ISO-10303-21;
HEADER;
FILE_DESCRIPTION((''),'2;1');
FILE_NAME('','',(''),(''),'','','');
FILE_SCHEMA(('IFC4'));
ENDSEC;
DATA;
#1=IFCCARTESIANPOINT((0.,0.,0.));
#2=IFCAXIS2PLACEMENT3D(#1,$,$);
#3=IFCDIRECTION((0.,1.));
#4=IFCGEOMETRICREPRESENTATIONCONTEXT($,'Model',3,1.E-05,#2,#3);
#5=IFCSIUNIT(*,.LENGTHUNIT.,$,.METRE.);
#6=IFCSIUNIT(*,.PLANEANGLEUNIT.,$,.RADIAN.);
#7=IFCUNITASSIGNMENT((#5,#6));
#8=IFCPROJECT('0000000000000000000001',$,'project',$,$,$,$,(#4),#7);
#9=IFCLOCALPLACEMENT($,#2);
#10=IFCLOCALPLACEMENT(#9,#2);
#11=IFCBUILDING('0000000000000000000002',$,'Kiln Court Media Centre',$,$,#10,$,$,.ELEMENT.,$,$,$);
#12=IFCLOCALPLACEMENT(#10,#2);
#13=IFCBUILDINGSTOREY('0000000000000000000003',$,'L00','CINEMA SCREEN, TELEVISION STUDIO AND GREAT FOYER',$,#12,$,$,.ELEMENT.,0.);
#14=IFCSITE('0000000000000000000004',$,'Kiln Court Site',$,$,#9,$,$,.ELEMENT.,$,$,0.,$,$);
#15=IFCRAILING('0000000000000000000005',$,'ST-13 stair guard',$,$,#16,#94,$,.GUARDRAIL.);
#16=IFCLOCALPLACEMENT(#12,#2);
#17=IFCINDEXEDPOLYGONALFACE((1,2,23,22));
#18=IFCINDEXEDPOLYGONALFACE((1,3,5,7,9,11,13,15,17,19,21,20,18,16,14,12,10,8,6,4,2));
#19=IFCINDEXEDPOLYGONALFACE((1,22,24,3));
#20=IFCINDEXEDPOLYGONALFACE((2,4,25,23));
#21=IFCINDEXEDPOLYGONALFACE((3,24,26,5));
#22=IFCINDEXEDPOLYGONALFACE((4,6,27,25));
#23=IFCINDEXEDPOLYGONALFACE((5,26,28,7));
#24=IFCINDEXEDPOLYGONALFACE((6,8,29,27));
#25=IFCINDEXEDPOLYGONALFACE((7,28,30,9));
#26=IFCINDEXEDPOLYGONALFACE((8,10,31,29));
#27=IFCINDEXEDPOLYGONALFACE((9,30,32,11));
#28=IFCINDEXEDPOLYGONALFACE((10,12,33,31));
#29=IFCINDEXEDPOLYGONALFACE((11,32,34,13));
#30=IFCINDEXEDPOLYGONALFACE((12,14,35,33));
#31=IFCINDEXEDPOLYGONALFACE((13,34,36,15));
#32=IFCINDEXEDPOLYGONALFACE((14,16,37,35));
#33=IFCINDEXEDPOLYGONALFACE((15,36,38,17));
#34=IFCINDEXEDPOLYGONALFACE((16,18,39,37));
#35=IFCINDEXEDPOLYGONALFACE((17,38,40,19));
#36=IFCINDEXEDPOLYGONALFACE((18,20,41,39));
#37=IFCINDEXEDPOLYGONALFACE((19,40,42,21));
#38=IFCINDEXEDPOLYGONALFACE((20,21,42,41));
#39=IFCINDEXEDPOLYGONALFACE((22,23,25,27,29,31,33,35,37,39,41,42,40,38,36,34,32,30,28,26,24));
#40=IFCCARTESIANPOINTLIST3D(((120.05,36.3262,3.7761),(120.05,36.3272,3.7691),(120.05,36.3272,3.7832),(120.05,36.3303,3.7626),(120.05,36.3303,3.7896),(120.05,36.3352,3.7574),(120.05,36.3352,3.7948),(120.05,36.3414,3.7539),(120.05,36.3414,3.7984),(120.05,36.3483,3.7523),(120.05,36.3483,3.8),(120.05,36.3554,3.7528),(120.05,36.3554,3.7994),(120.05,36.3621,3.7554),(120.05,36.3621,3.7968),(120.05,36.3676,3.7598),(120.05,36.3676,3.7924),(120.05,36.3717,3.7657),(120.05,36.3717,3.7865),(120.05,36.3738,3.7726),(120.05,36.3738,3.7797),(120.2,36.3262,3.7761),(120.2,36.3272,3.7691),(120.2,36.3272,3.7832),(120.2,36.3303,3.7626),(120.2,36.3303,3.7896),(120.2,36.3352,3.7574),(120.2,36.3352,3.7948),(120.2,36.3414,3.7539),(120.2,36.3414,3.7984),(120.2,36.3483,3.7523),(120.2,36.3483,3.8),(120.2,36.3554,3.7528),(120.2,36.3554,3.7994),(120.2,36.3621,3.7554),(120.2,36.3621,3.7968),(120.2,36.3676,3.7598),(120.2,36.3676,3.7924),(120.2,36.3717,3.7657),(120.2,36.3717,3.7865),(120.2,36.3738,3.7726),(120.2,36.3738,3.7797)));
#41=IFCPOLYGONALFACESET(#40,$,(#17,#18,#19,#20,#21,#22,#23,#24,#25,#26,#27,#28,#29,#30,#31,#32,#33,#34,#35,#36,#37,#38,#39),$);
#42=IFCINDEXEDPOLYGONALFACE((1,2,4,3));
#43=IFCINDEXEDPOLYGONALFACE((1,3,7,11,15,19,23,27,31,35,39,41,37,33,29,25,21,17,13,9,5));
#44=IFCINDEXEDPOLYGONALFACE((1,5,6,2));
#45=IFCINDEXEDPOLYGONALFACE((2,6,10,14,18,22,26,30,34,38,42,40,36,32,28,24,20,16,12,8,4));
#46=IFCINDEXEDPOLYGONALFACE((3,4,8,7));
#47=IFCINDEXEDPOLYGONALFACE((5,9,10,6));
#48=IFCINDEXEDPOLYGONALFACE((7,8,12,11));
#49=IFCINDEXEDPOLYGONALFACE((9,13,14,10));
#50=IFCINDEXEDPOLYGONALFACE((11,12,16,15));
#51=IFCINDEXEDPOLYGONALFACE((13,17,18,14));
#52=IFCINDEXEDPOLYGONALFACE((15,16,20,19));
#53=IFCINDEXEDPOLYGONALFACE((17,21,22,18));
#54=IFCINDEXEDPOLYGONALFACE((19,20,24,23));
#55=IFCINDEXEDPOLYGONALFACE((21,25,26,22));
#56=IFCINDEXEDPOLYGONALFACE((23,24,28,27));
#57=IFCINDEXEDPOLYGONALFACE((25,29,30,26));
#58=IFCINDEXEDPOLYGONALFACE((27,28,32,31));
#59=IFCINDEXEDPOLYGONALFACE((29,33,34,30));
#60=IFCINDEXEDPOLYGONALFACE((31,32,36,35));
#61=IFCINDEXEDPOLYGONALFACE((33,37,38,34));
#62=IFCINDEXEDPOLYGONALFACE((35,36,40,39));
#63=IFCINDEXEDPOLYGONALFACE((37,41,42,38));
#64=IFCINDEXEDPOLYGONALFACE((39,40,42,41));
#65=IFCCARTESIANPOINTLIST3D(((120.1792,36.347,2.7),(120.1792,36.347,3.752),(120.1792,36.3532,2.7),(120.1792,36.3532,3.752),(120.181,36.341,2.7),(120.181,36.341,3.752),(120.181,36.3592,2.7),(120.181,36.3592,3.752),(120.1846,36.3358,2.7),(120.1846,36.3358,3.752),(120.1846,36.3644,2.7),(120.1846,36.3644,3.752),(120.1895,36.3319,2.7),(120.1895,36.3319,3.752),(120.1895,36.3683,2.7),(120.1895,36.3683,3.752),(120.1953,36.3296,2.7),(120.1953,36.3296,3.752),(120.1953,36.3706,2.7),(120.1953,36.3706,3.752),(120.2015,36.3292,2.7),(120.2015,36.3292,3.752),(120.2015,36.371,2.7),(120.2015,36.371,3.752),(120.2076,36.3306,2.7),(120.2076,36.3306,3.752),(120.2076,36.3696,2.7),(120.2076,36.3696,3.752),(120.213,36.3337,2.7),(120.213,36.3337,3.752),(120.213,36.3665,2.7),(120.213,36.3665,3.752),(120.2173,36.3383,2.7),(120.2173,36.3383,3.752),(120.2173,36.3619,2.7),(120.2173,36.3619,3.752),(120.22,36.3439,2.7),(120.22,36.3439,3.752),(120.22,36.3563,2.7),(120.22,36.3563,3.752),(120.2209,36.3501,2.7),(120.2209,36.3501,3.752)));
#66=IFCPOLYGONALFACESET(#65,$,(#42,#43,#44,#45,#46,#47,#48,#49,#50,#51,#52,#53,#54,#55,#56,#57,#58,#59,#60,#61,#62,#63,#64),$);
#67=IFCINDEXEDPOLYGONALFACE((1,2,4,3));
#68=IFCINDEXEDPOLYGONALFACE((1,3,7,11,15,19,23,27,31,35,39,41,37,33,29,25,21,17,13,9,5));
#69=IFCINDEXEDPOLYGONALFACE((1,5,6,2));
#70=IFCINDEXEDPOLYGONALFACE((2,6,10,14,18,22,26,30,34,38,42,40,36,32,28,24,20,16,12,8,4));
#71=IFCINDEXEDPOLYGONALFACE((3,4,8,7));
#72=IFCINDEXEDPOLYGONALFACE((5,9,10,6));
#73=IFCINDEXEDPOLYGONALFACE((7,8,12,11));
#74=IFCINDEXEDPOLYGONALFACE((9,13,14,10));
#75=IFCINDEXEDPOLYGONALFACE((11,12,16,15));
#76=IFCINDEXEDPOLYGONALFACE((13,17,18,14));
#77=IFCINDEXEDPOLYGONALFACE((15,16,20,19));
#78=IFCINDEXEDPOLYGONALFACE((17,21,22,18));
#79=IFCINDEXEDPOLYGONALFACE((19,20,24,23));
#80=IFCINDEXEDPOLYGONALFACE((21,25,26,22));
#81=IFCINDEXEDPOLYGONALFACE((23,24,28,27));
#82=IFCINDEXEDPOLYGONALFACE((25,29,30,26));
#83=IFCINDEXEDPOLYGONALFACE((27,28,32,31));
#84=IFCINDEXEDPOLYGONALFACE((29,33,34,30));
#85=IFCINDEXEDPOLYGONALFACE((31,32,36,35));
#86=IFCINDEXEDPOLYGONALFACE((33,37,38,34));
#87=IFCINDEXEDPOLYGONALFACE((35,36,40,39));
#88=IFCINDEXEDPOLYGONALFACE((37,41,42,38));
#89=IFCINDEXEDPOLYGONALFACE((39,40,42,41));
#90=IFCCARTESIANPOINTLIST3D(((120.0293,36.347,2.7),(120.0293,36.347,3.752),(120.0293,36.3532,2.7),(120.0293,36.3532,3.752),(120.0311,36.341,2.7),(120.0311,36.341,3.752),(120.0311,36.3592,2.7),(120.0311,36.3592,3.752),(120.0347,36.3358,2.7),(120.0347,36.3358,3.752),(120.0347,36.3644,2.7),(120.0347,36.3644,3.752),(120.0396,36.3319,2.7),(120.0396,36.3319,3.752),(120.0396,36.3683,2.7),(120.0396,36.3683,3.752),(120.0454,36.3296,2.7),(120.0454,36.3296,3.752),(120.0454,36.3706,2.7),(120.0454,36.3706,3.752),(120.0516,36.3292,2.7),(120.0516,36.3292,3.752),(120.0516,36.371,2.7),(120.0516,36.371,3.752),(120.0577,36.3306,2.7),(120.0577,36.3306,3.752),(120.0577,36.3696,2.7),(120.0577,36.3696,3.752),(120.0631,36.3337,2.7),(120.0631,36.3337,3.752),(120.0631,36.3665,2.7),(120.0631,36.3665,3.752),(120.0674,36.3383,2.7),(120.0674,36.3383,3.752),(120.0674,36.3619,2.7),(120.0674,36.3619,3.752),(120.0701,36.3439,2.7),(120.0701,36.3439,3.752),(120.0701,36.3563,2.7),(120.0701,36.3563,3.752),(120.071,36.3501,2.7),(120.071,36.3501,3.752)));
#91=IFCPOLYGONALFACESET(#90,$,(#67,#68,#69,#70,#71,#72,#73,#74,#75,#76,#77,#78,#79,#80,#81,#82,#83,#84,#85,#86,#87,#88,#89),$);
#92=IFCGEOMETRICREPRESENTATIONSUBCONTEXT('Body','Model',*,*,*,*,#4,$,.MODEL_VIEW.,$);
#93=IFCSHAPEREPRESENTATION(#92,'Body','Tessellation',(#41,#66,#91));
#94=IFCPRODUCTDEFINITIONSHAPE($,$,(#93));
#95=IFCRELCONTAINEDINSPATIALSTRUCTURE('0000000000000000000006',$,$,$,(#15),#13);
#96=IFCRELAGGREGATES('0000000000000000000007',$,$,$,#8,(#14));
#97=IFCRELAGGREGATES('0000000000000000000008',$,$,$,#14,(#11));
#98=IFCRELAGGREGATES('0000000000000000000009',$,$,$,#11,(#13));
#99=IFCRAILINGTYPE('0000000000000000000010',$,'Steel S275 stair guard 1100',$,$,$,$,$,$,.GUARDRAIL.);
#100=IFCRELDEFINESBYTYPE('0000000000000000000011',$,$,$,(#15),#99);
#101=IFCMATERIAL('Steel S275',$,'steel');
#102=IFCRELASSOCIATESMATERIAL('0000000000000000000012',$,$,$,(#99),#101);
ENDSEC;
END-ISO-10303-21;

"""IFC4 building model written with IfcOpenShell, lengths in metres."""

from ifc_helpers import new_model, si_unit, direction, frame, origin, origin_2d, place, context, subcontext, project, spatial, circle, extrude, material, type_object, element, save


model = new_model("IFC4")

# Units and contexts
model_context = context("Model", 3, precision=1e-05, world=origin(), true_north=direction((0.0, 1.0)))
body_context = subcontext(model_context, "Body", "Model", "MODEL_VIEW")
ifc_project = project(units=[si_unit("LENGTHUNIT", "METRE"), si_unit("PLANEANGLEUNIT", "RADIAN")], contexts=[model_context])

# Site, building, storey
site_placement = place(None, origin())
site = spatial("IfcSite", under=ifc_project, at=site_placement, Name="Kiln Court Site", CompositionType="ELEMENT", RefElevation=0.0)
building_placement = place(site_placement, origin())
building = spatial("IfcBuilding", under=site, at=building_placement, Name="Kiln Court Media Centre", CompositionType="ELEMENT")
storey_placement = place(building_placement, origin())
storey = spatial("IfcBuildingStorey", under=building, at=storey_placement, Name="L00", Description="CINEMA SCREEN, TELEVISION STUDIO AND GREAT FOYER", CompositionType="ELEMENT", Elevation=0.0)

# Railing
ifc_material_1 = material(Name="Steel S275", Category="steel")
railing_type_1 = type_object("IfcRailingType", Name="Steel S275 stair guard 1100", PredefinedType="GUARDRAIL", material=ifc_material_1)
railing_1_placement = place(storey_placement, frame((120.2, 36.3501, 2.7)))
element("IfcRailing", 1, at=railing_1_placement, inside=storey, type_object=railing_type_1, Name="ST-13 stair guard", PredefinedType="GUARDRAIL", context=body_context, shape_type="SweptSolid", body=[
    extrude(circle(Radius=0.0239, at=origin_2d()), frame((0.0, 0.0, 1.0762), z_axis=(-1.0, 0.0, 0.0), x_axis=(0.0, -1.0, 0.0)), (0.0, 0.0, 1.0), 0.1499),
    extrude(circle(Radius=0.021, at=origin_2d()), origin(), (0.0, 0.0, 1.0), 1.052),
    extrude(circle(Radius=0.021, at=origin_2d()), frame((-0.1499, 0.0, 0.0)), (0.0, 0.0, 1.0), 1.052),
])

save(model, "model.ifc")
